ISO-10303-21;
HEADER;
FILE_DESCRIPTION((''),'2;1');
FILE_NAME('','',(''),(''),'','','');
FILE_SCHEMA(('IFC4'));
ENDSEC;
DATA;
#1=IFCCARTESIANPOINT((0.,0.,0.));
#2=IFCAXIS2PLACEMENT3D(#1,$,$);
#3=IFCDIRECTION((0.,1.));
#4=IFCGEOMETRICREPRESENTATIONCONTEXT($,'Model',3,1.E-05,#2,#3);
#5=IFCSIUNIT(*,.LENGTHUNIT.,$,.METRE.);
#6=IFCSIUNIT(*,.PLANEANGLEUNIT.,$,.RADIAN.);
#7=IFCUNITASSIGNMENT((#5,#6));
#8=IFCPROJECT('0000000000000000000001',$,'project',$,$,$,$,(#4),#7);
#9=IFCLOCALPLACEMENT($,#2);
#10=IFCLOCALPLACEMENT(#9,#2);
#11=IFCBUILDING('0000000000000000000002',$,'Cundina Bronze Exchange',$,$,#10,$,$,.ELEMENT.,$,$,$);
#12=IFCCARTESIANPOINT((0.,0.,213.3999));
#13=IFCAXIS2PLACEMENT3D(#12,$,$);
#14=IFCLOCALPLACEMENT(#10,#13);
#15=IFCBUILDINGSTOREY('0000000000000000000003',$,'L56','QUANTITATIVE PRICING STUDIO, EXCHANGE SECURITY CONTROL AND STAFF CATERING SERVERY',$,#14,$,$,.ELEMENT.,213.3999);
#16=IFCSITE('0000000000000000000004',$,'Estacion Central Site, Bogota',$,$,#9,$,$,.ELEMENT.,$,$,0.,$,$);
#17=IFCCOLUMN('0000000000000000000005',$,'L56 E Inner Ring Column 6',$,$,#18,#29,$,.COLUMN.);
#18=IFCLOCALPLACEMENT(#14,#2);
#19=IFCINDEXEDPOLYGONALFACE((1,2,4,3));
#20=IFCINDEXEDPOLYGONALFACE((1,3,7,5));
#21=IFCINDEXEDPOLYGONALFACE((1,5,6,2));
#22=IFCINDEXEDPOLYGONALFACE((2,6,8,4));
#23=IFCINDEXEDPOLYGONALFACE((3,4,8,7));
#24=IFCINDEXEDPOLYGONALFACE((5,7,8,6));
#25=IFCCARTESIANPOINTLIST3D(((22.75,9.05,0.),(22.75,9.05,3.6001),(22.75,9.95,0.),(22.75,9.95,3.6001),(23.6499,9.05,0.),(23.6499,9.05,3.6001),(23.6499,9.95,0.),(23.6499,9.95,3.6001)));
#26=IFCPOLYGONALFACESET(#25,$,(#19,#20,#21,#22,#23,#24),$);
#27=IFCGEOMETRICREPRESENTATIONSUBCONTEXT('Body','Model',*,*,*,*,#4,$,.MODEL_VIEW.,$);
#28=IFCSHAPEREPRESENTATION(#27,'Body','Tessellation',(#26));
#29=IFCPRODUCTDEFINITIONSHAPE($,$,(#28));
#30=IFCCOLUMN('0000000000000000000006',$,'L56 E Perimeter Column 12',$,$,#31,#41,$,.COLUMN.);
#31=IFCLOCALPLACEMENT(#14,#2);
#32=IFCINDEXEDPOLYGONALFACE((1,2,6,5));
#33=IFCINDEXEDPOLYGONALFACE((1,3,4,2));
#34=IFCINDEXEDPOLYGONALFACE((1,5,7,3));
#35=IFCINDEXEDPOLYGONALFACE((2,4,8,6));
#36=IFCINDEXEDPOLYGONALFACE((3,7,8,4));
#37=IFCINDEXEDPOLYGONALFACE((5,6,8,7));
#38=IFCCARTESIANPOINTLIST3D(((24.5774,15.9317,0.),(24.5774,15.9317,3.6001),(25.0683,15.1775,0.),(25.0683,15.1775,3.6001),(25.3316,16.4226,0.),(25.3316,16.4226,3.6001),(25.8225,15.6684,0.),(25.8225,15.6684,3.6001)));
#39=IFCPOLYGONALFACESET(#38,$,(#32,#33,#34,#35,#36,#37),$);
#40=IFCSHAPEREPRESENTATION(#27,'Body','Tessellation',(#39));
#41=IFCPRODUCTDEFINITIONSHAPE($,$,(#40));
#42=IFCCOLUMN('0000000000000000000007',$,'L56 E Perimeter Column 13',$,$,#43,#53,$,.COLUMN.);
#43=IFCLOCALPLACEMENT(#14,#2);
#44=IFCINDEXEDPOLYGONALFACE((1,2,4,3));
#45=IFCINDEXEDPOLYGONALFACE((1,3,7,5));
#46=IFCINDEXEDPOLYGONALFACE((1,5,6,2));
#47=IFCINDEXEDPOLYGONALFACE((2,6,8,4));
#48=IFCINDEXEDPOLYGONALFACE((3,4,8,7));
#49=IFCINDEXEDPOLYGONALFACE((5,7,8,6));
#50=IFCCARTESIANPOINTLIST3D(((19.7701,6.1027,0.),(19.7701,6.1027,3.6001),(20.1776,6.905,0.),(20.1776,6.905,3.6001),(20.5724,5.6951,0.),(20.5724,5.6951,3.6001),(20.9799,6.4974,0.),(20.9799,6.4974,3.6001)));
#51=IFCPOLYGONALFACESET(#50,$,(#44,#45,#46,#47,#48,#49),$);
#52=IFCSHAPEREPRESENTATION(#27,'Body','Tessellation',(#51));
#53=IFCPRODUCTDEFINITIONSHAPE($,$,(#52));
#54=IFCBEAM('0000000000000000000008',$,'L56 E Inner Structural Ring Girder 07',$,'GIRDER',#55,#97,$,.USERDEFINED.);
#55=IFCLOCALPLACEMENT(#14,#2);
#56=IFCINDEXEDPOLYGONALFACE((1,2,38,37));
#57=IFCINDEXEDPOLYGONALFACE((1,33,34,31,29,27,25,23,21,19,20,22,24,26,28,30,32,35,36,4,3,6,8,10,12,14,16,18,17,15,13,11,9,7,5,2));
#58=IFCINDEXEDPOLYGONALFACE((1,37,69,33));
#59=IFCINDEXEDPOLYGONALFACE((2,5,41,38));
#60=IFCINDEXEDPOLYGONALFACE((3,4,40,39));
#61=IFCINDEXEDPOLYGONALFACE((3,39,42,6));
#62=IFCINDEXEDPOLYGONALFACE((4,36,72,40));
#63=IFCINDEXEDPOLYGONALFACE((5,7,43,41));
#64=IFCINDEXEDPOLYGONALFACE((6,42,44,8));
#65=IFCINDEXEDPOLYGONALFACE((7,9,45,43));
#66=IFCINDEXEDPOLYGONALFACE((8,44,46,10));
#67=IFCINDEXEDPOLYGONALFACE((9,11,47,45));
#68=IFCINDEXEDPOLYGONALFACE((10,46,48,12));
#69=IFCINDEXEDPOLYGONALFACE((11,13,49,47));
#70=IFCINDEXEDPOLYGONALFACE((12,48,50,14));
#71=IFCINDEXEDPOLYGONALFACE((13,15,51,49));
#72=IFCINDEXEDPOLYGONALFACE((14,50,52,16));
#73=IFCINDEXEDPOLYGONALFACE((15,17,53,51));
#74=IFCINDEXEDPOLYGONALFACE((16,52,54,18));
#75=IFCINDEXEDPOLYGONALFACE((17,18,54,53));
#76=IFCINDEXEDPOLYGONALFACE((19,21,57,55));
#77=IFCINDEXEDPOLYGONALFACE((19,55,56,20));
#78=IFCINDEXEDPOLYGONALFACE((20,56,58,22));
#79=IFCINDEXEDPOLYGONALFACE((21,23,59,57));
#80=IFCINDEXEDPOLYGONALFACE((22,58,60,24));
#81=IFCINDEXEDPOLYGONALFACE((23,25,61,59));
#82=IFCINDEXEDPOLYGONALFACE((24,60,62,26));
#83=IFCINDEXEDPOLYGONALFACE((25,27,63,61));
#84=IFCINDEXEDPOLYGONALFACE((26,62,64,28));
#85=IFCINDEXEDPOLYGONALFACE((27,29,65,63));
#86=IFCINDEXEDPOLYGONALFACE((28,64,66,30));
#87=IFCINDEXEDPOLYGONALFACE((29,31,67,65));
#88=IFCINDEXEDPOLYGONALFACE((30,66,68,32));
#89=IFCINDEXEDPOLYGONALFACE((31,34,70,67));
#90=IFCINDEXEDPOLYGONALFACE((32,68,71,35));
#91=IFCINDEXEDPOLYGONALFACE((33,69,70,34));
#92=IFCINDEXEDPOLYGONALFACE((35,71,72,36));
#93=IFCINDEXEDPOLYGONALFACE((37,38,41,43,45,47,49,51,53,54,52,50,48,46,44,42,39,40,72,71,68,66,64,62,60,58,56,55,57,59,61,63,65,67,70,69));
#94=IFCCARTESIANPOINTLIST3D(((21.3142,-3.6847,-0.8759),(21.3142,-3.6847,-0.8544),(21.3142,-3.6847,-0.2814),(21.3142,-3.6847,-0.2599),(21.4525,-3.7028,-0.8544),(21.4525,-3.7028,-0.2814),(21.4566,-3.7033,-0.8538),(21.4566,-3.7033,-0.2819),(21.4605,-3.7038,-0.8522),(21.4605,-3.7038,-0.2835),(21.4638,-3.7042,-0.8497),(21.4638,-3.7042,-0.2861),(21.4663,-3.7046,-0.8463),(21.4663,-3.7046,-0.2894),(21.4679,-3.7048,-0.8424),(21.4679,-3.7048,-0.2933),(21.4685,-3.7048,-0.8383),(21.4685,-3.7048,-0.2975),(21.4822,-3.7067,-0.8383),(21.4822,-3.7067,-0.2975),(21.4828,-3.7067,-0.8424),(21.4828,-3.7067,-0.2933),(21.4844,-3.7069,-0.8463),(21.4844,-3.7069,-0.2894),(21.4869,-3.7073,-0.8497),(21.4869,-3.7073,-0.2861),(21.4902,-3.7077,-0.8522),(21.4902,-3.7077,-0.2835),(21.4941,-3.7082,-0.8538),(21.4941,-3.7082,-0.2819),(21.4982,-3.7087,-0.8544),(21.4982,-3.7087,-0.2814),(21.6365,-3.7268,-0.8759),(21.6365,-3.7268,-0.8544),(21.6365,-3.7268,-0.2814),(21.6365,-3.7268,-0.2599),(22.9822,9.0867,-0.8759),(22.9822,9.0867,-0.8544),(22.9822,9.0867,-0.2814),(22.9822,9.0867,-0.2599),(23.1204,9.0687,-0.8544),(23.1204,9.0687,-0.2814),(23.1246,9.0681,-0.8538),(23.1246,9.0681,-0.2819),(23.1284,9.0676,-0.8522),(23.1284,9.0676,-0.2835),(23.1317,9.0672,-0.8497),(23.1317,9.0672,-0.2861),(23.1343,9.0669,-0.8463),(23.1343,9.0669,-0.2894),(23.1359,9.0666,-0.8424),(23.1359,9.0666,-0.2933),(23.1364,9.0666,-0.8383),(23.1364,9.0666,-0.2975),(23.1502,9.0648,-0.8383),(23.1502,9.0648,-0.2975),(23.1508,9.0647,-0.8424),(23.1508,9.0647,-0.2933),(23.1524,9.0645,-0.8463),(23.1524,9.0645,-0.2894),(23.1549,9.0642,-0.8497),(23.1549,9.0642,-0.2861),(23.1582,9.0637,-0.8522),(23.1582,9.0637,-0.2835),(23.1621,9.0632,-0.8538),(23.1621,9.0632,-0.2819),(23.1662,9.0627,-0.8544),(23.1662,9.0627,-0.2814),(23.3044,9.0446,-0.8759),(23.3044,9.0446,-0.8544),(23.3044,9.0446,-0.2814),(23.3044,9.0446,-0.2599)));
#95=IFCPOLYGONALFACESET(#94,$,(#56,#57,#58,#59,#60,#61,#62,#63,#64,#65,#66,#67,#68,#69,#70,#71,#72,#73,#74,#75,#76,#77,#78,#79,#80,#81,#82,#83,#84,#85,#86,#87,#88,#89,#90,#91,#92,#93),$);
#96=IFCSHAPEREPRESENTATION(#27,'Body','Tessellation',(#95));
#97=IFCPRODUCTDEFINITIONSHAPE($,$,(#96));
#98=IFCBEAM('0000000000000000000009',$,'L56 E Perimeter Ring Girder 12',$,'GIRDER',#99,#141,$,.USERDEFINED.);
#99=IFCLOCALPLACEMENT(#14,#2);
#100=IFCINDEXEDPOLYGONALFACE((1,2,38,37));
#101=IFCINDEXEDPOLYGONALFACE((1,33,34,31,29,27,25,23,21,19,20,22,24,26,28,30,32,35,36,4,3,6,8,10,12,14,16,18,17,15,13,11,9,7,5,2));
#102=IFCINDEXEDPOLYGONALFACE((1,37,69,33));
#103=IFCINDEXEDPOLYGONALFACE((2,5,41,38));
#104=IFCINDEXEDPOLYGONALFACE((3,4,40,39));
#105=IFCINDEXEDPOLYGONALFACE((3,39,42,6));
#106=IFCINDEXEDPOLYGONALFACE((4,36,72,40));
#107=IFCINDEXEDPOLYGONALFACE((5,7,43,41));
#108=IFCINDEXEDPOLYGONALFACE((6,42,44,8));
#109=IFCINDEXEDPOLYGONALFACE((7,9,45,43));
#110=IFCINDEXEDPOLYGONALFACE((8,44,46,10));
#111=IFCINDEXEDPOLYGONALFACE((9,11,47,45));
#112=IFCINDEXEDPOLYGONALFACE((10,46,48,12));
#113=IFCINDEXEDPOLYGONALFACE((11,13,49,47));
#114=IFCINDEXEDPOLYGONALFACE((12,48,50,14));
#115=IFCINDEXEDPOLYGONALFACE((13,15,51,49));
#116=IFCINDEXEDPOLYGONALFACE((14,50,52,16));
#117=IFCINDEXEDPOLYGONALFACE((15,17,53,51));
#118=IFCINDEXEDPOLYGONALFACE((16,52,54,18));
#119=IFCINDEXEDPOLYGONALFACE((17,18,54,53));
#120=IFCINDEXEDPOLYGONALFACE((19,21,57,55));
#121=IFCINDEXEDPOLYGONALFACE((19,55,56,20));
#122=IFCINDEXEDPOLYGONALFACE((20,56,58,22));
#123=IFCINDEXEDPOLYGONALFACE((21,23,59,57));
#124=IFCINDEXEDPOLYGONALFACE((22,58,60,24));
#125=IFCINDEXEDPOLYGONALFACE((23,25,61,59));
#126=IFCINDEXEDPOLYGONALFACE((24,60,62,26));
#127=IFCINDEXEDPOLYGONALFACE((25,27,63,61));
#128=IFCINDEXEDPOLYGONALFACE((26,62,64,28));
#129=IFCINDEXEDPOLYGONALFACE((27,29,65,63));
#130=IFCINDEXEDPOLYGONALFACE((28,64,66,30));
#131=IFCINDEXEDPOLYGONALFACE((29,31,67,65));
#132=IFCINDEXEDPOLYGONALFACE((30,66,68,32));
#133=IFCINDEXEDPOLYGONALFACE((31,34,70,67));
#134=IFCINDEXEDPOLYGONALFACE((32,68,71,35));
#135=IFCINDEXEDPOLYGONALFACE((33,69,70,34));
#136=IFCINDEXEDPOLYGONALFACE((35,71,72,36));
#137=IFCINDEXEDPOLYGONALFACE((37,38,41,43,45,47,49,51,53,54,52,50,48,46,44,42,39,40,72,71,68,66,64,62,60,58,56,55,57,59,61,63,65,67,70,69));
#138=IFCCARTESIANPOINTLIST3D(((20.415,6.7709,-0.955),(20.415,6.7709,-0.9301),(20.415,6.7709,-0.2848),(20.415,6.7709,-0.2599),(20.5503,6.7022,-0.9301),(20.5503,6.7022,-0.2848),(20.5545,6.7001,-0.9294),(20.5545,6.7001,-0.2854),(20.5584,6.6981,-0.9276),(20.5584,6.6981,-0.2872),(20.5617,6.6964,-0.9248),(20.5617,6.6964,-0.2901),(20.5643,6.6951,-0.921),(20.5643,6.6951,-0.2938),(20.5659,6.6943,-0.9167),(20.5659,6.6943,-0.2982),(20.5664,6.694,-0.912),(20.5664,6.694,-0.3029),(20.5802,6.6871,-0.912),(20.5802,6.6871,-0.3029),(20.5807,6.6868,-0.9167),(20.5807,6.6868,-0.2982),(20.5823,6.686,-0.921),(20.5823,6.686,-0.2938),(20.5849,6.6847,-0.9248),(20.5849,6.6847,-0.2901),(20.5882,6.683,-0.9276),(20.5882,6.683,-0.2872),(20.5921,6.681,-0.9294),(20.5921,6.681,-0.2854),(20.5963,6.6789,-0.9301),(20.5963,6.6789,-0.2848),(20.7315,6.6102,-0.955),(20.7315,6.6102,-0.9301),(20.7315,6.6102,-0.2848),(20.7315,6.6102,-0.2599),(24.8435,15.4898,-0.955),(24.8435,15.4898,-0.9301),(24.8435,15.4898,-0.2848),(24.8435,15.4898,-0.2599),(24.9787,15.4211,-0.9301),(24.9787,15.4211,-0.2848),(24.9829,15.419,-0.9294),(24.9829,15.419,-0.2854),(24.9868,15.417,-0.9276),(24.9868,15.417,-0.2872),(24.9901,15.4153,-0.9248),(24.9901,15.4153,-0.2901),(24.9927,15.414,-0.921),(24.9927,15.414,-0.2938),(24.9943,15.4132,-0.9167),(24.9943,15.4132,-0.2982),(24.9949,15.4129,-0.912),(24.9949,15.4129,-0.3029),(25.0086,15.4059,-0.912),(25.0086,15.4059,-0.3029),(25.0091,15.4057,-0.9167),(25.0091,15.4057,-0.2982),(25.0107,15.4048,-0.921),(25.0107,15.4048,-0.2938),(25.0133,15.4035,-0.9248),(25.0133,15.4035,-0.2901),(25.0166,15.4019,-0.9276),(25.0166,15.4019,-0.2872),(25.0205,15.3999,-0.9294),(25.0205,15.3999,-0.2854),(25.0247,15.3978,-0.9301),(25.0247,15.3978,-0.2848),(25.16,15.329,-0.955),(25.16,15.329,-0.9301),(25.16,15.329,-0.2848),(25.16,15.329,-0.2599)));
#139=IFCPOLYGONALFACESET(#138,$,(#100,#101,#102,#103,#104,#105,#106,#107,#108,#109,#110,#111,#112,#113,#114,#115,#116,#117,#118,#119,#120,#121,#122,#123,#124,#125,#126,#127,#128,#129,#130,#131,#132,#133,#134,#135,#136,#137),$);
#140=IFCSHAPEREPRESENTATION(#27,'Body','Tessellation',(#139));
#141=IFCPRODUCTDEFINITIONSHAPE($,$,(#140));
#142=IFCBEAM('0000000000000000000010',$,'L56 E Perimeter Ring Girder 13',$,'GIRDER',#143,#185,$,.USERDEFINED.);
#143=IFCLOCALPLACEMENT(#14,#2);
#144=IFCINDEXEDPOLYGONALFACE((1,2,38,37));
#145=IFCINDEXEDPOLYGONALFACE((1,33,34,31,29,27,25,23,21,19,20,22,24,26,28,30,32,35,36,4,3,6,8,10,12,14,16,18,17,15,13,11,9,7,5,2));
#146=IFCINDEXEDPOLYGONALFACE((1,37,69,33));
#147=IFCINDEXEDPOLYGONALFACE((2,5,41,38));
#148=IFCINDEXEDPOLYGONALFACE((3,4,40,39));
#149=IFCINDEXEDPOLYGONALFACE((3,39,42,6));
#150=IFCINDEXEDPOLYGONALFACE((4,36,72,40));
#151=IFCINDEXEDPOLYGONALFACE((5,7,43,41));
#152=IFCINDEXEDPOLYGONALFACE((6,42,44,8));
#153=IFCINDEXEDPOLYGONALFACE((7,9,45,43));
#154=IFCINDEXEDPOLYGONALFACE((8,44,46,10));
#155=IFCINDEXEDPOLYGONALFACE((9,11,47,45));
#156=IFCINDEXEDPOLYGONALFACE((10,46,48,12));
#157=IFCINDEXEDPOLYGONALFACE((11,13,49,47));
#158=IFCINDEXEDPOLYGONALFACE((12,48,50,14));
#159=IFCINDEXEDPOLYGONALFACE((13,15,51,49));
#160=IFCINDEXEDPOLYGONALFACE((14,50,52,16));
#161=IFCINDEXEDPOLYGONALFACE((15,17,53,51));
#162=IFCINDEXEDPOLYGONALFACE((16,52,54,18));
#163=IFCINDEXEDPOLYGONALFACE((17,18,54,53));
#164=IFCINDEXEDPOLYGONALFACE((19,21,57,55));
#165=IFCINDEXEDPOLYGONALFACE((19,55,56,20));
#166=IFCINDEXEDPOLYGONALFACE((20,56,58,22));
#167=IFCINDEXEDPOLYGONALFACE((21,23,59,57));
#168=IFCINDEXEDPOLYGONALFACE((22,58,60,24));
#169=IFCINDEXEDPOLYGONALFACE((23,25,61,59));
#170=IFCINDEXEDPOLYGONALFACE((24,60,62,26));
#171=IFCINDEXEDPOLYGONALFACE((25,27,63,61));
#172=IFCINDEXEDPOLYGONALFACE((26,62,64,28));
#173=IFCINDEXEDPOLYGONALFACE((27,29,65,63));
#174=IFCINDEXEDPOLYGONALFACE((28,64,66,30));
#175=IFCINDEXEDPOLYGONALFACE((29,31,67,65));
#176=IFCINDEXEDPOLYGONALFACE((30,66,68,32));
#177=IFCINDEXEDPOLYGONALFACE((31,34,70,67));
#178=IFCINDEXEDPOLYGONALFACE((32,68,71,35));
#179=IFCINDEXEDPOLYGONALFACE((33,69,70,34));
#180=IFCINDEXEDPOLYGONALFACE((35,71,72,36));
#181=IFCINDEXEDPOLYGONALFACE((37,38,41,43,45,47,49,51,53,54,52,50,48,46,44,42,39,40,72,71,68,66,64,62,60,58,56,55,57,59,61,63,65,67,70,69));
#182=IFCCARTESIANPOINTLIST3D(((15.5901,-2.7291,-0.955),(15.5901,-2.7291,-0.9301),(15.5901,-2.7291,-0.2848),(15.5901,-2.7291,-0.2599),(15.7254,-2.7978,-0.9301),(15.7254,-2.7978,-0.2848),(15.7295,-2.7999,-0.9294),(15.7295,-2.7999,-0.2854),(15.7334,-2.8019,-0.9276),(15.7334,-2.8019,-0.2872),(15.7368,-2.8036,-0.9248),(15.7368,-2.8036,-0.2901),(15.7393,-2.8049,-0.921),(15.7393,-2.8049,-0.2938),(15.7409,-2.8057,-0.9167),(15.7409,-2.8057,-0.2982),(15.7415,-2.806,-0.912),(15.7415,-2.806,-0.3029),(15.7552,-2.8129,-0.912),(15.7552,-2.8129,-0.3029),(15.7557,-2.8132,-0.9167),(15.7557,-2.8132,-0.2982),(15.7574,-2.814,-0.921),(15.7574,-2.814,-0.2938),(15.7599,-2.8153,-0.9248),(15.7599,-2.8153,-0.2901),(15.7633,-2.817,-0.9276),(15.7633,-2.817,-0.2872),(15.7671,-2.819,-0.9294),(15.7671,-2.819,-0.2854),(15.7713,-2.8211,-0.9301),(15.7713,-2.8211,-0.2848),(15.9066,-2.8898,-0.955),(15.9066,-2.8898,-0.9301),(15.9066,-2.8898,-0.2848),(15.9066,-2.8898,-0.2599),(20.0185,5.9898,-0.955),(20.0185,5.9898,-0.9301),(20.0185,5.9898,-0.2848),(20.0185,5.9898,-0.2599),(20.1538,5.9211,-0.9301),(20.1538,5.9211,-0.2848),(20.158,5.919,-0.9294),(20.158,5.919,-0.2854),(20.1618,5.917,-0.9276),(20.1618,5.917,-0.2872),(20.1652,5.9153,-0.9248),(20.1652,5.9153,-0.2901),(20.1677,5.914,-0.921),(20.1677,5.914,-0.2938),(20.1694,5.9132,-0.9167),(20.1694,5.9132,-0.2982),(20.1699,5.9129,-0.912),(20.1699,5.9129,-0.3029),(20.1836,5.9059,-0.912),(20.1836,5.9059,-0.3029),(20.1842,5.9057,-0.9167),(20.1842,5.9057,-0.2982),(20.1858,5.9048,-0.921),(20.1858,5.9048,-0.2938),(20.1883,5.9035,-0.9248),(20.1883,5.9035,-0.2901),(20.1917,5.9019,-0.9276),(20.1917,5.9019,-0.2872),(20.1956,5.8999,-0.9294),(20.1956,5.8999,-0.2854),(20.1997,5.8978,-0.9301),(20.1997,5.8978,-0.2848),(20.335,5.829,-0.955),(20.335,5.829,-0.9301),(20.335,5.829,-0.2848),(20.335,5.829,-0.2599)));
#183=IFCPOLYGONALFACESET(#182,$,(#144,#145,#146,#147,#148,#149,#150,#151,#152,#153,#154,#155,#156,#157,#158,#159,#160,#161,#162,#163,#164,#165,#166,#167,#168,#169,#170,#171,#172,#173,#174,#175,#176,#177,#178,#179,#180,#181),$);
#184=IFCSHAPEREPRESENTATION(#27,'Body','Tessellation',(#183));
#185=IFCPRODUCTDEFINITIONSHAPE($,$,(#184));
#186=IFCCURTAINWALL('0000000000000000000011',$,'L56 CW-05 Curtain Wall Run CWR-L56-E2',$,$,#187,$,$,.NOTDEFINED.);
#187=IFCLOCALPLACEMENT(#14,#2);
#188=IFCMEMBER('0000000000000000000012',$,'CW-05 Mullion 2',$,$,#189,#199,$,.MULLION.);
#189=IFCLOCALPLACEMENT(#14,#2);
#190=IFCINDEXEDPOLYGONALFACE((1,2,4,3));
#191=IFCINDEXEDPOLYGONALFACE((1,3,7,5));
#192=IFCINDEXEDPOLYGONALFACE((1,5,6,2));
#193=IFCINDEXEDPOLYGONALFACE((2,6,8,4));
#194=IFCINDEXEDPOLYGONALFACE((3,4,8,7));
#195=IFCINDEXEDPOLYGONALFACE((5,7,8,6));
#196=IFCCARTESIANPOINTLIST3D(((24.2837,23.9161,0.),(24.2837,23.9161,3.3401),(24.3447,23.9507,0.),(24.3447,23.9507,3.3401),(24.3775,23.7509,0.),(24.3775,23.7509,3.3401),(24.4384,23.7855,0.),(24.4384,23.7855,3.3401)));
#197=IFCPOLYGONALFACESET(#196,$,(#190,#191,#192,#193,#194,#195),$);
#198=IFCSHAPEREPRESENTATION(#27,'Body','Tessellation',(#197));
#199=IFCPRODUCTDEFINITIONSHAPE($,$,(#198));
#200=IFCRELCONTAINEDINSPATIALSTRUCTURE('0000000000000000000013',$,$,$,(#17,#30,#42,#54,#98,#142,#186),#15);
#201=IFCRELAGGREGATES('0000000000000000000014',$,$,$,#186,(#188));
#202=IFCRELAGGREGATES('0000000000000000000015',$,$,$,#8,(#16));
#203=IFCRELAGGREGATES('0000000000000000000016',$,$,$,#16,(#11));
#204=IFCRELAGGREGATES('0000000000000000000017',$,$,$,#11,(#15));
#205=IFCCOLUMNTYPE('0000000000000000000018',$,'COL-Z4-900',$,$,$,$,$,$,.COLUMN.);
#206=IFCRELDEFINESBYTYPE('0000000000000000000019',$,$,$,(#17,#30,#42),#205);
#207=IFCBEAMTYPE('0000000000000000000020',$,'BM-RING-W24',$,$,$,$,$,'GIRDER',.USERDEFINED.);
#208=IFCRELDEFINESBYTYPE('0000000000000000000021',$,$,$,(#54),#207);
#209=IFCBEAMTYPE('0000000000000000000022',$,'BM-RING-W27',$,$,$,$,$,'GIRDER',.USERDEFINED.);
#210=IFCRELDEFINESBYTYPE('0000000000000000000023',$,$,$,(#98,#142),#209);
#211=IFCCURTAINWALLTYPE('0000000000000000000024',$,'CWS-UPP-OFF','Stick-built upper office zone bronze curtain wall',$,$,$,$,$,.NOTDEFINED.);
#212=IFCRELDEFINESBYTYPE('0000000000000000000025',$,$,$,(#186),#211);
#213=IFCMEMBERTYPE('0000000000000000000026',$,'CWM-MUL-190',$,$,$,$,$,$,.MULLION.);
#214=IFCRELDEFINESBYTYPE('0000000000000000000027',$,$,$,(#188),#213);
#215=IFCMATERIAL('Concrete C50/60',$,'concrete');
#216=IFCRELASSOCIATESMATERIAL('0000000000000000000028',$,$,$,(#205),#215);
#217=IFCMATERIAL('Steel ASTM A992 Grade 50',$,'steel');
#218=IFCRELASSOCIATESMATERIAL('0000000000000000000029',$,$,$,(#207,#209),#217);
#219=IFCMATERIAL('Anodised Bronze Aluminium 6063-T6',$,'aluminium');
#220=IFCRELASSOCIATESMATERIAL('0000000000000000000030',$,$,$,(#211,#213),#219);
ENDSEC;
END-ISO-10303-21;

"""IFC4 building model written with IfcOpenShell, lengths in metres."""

from ifc_helpers import new_model, si_unit, direction, frame, origin, origin_2d, place, context, subcontext, project, spatial, rectangle, i_section, extrude, material, material_profile, profile_set, type_object, element, aggregate, save


model = new_model("IFC4")

# Units and contexts
model_context = context("Model", 3, precision=1e-05, world=origin(), true_north=direction((0.0, 1.0)))
body_context = subcontext(model_context, "Body", "Model", "MODEL_VIEW")
ifc_project = project(units=[si_unit("LENGTHUNIT", "METRE"), si_unit("PLANEANGLEUNIT", "RADIAN")], contexts=[model_context])

# Site, building, storey
site_placement = place(None, origin())
site = spatial("IfcSite", under=ifc_project, at=site_placement, Name="Estacion Central Site, Bogota", CompositionType="ELEMENT", RefElevation=0.0)
building_placement = place(site_placement, origin())
building = spatial("IfcBuilding", under=site, at=building_placement, Name="Cundina Bronze Exchange", CompositionType="ELEMENT")
storey_placement = place(building_placement, frame((0.0, 0.0, 213.3999)))
storey = spatial("IfcBuildingStorey", under=building, at=storey_placement, Name="L56", Description="QUANTITATIVE PRICING STUDIO, EXCHANGE SECURITY CONTROL AND STAFF CATERING SERVERY", CompositionType="ELEMENT", Elevation=213.3999)

# Columns
ifc_material_1 = material(Name="Concrete C50/60", Category="concrete")
ifc_material_profile_1 = material_profile(ifc_material_1, rectangle(XDim=0.8999, YDim=0.8999, at=origin_2d()), Name="RC900X900", Category="concrete")
ifc_profile_set_1 = profile_set([ifc_material_profile_1], Name="Concrete C50/60")
column_type = type_object("IfcColumnType", Name="COL-Z4-900", PredefinedType="COLUMN", material=ifc_profile_set_1)
for number, where, z_axis, x_axis, name in (
    (1, (23.2, 9.5, 0.0), (0.0, 0.0, 1.0), (1.0, 0.0, 0.0), "L56 E Inner Ring Column 6"),
    (2, (25.2, 15.8, 0.0), (0.0, 0.0, 1.0), (-0.8381, -0.545517, 0.0), "L56 E Perimeter Column 12"),
    (3, (20.375, 6.3, 0.0), (0.0, 0.0, 1.0), (-0.452902, -0.891561, 0.0), "L56 E Perimeter Column 13"),
):
    element("IfcColumn", number, at=place(storey_placement, frame(where, z_axis=z_axis, x_axis=x_axis)), inside=storey, type_object=column_type, Name=name, PredefinedType="COLUMN", context=body_context, shape_type="SweptSolid", body=[
        extrude(rectangle(XDim=0.8999, YDim=0.8999, at=origin_2d()), origin(), (0.0, 0.0, 1.0), 3.6001),
    ])

# Beams
ifc_material_2 = material(Name="Steel ASTM A992 Grade 50", Category="steel")
ifc_material_profile_2 = material_profile(ifc_material_2, i_section(OverallWidth=0.325, OverallDepth=0.616, WebThickness=0.0139, FlangeThickness=0.0215, FilletRadius=0.0161, at=origin_2d()), Name="W24X117", Category="steel")
ifc_profile_set_2 = profile_set([ifc_material_profile_2], Name="Steel ASTM A992 Grade 50")
beam_type_1 = type_object("IfcBeamType", Name="BM-RING-W24", ElementType="GIRDER", PredefinedType="USERDEFINED", material=ifc_profile_set_2)
beam_placement = place(storey_placement, frame((23.1433, 9.0657, -0.5679), z_axis=(-0.129501, -0.991579, 0.0), x_axis=(0.991579, -0.129501, 0.0)))
element("IfcBeam", 4, at=beam_placement, inside=storey, type_object=beam_type_1, Name="L56 E Inner Structural Ring Girder 07", ObjectType="GIRDER", PredefinedType="USERDEFINED", context=body_context, shape_type="SweptSolid", body=[
    extrude(i_section(OverallWidth=0.325, OverallDepth=0.616, WebThickness=0.0139, FlangeThickness=0.0215, FilletRadius=0.0161, at=origin_2d()), origin(), (0.0, 0.0, 1.0), 12.8799),
])
ifc_material_profile_3 = material_profile(ifc_material_2, i_section(OverallWidth=0.355, OverallDepth=0.6951, WebThickness=0.0154, FlangeThickness=0.0249, FilletRadius=0.0181, at=origin_2d()), Name="W27X146", Category="steel")
ifc_profile_set_3 = profile_set([ifc_material_profile_3], Name="Steel ASTM A992 Grade 50")
beam_type_2 = type_object("IfcBeamType", Name="BM-RING-W27", ElementType="GIRDER", PredefinedType="USERDEFINED", material=ifc_profile_set_3)
for number, where, z_axis, x_axis, name in (
    (5, (25.0017, 15.4094, -0.6074), (-0.452847, -0.891588, 0.0), (0.891588, -0.452847, 0.0), "L56 E Perimeter Ring Girder 12"),
    (6, (20.1768, 5.9094, -0.6074), (-0.452847, -0.891588, 0.0), (0.891588, -0.452847, 0.0), "L56 E Perimeter Ring Girder 13"),
):
    element("IfcBeam", number, at=place(storey_placement, frame(where, z_axis=z_axis, x_axis=x_axis)), inside=storey, type_object=beam_type_2, Name=name, ObjectType="GIRDER", PredefinedType="USERDEFINED", context=body_context, shape_type="SweptSolid", body=[
        extrude(i_section(OverallWidth=0.355, OverallDepth=0.6951, WebThickness=0.0154, FlangeThickness=0.0249, FilletRadius=0.0181, at=origin_2d()), origin(), (0.0, 0.0, 1.0), 9.7791),
    ])

# Curtain wall, member
ifc_material_3 = material(Name="Anodised Bronze Aluminium 6063-T6", Category="aluminium")
curtain_wall_type = type_object("IfcCurtainWallType", Name="CWS-UPP-OFF", Description="Stick-built upper office zone bronze curtain wall", PredefinedType="NOTDEFINED", material=ifc_material_3)
curtain_wall_placement = place(storey_placement, origin())
curtain_wall = element("IfcCurtainWall", 7, at=curtain_wall_placement, inside=storey, type_object=curtain_wall_type, Name="L56 CW-05 Curtain Wall Run CWR-L56-E2", PredefinedType="NOTDEFINED")
ifc_material_profile_4 = material_profile(ifc_material_3, rectangle(XDim=0.0701, YDim=0.1899, at=origin_2d()), Name="AL70X190", Category="aluminium")
ifc_profile_set_4 = profile_set([ifc_material_profile_4], Name="Anodised Bronze Aluminium 6063-T6")
member_type_1 = type_object("IfcMemberType", Name="CWM-MUL-190", PredefinedType="MULLION", material=ifc_profile_set_4)
member_1_placement = place(storey_placement, frame((24.3611, 23.8508, 0.0), z_axis=(0.0, 0.0, 1.0), x_axis=(-0.869581, -0.49379, 0.0)))
member_1 = element("IfcMember", 8, at=member_1_placement, type_object=member_type_1, Name="CW-05 Mullion 2", PredefinedType="MULLION", context=body_context, shape_type="SweptSolid", body=[
    extrude(rectangle(XDim=0.0701, YDim=0.1899, at=origin_2d()), origin(), (0.0, 0.0, 1.0), 3.3401),
])
aggregate(curtain_wall, [member_1])

save(model, "model.ifc")
